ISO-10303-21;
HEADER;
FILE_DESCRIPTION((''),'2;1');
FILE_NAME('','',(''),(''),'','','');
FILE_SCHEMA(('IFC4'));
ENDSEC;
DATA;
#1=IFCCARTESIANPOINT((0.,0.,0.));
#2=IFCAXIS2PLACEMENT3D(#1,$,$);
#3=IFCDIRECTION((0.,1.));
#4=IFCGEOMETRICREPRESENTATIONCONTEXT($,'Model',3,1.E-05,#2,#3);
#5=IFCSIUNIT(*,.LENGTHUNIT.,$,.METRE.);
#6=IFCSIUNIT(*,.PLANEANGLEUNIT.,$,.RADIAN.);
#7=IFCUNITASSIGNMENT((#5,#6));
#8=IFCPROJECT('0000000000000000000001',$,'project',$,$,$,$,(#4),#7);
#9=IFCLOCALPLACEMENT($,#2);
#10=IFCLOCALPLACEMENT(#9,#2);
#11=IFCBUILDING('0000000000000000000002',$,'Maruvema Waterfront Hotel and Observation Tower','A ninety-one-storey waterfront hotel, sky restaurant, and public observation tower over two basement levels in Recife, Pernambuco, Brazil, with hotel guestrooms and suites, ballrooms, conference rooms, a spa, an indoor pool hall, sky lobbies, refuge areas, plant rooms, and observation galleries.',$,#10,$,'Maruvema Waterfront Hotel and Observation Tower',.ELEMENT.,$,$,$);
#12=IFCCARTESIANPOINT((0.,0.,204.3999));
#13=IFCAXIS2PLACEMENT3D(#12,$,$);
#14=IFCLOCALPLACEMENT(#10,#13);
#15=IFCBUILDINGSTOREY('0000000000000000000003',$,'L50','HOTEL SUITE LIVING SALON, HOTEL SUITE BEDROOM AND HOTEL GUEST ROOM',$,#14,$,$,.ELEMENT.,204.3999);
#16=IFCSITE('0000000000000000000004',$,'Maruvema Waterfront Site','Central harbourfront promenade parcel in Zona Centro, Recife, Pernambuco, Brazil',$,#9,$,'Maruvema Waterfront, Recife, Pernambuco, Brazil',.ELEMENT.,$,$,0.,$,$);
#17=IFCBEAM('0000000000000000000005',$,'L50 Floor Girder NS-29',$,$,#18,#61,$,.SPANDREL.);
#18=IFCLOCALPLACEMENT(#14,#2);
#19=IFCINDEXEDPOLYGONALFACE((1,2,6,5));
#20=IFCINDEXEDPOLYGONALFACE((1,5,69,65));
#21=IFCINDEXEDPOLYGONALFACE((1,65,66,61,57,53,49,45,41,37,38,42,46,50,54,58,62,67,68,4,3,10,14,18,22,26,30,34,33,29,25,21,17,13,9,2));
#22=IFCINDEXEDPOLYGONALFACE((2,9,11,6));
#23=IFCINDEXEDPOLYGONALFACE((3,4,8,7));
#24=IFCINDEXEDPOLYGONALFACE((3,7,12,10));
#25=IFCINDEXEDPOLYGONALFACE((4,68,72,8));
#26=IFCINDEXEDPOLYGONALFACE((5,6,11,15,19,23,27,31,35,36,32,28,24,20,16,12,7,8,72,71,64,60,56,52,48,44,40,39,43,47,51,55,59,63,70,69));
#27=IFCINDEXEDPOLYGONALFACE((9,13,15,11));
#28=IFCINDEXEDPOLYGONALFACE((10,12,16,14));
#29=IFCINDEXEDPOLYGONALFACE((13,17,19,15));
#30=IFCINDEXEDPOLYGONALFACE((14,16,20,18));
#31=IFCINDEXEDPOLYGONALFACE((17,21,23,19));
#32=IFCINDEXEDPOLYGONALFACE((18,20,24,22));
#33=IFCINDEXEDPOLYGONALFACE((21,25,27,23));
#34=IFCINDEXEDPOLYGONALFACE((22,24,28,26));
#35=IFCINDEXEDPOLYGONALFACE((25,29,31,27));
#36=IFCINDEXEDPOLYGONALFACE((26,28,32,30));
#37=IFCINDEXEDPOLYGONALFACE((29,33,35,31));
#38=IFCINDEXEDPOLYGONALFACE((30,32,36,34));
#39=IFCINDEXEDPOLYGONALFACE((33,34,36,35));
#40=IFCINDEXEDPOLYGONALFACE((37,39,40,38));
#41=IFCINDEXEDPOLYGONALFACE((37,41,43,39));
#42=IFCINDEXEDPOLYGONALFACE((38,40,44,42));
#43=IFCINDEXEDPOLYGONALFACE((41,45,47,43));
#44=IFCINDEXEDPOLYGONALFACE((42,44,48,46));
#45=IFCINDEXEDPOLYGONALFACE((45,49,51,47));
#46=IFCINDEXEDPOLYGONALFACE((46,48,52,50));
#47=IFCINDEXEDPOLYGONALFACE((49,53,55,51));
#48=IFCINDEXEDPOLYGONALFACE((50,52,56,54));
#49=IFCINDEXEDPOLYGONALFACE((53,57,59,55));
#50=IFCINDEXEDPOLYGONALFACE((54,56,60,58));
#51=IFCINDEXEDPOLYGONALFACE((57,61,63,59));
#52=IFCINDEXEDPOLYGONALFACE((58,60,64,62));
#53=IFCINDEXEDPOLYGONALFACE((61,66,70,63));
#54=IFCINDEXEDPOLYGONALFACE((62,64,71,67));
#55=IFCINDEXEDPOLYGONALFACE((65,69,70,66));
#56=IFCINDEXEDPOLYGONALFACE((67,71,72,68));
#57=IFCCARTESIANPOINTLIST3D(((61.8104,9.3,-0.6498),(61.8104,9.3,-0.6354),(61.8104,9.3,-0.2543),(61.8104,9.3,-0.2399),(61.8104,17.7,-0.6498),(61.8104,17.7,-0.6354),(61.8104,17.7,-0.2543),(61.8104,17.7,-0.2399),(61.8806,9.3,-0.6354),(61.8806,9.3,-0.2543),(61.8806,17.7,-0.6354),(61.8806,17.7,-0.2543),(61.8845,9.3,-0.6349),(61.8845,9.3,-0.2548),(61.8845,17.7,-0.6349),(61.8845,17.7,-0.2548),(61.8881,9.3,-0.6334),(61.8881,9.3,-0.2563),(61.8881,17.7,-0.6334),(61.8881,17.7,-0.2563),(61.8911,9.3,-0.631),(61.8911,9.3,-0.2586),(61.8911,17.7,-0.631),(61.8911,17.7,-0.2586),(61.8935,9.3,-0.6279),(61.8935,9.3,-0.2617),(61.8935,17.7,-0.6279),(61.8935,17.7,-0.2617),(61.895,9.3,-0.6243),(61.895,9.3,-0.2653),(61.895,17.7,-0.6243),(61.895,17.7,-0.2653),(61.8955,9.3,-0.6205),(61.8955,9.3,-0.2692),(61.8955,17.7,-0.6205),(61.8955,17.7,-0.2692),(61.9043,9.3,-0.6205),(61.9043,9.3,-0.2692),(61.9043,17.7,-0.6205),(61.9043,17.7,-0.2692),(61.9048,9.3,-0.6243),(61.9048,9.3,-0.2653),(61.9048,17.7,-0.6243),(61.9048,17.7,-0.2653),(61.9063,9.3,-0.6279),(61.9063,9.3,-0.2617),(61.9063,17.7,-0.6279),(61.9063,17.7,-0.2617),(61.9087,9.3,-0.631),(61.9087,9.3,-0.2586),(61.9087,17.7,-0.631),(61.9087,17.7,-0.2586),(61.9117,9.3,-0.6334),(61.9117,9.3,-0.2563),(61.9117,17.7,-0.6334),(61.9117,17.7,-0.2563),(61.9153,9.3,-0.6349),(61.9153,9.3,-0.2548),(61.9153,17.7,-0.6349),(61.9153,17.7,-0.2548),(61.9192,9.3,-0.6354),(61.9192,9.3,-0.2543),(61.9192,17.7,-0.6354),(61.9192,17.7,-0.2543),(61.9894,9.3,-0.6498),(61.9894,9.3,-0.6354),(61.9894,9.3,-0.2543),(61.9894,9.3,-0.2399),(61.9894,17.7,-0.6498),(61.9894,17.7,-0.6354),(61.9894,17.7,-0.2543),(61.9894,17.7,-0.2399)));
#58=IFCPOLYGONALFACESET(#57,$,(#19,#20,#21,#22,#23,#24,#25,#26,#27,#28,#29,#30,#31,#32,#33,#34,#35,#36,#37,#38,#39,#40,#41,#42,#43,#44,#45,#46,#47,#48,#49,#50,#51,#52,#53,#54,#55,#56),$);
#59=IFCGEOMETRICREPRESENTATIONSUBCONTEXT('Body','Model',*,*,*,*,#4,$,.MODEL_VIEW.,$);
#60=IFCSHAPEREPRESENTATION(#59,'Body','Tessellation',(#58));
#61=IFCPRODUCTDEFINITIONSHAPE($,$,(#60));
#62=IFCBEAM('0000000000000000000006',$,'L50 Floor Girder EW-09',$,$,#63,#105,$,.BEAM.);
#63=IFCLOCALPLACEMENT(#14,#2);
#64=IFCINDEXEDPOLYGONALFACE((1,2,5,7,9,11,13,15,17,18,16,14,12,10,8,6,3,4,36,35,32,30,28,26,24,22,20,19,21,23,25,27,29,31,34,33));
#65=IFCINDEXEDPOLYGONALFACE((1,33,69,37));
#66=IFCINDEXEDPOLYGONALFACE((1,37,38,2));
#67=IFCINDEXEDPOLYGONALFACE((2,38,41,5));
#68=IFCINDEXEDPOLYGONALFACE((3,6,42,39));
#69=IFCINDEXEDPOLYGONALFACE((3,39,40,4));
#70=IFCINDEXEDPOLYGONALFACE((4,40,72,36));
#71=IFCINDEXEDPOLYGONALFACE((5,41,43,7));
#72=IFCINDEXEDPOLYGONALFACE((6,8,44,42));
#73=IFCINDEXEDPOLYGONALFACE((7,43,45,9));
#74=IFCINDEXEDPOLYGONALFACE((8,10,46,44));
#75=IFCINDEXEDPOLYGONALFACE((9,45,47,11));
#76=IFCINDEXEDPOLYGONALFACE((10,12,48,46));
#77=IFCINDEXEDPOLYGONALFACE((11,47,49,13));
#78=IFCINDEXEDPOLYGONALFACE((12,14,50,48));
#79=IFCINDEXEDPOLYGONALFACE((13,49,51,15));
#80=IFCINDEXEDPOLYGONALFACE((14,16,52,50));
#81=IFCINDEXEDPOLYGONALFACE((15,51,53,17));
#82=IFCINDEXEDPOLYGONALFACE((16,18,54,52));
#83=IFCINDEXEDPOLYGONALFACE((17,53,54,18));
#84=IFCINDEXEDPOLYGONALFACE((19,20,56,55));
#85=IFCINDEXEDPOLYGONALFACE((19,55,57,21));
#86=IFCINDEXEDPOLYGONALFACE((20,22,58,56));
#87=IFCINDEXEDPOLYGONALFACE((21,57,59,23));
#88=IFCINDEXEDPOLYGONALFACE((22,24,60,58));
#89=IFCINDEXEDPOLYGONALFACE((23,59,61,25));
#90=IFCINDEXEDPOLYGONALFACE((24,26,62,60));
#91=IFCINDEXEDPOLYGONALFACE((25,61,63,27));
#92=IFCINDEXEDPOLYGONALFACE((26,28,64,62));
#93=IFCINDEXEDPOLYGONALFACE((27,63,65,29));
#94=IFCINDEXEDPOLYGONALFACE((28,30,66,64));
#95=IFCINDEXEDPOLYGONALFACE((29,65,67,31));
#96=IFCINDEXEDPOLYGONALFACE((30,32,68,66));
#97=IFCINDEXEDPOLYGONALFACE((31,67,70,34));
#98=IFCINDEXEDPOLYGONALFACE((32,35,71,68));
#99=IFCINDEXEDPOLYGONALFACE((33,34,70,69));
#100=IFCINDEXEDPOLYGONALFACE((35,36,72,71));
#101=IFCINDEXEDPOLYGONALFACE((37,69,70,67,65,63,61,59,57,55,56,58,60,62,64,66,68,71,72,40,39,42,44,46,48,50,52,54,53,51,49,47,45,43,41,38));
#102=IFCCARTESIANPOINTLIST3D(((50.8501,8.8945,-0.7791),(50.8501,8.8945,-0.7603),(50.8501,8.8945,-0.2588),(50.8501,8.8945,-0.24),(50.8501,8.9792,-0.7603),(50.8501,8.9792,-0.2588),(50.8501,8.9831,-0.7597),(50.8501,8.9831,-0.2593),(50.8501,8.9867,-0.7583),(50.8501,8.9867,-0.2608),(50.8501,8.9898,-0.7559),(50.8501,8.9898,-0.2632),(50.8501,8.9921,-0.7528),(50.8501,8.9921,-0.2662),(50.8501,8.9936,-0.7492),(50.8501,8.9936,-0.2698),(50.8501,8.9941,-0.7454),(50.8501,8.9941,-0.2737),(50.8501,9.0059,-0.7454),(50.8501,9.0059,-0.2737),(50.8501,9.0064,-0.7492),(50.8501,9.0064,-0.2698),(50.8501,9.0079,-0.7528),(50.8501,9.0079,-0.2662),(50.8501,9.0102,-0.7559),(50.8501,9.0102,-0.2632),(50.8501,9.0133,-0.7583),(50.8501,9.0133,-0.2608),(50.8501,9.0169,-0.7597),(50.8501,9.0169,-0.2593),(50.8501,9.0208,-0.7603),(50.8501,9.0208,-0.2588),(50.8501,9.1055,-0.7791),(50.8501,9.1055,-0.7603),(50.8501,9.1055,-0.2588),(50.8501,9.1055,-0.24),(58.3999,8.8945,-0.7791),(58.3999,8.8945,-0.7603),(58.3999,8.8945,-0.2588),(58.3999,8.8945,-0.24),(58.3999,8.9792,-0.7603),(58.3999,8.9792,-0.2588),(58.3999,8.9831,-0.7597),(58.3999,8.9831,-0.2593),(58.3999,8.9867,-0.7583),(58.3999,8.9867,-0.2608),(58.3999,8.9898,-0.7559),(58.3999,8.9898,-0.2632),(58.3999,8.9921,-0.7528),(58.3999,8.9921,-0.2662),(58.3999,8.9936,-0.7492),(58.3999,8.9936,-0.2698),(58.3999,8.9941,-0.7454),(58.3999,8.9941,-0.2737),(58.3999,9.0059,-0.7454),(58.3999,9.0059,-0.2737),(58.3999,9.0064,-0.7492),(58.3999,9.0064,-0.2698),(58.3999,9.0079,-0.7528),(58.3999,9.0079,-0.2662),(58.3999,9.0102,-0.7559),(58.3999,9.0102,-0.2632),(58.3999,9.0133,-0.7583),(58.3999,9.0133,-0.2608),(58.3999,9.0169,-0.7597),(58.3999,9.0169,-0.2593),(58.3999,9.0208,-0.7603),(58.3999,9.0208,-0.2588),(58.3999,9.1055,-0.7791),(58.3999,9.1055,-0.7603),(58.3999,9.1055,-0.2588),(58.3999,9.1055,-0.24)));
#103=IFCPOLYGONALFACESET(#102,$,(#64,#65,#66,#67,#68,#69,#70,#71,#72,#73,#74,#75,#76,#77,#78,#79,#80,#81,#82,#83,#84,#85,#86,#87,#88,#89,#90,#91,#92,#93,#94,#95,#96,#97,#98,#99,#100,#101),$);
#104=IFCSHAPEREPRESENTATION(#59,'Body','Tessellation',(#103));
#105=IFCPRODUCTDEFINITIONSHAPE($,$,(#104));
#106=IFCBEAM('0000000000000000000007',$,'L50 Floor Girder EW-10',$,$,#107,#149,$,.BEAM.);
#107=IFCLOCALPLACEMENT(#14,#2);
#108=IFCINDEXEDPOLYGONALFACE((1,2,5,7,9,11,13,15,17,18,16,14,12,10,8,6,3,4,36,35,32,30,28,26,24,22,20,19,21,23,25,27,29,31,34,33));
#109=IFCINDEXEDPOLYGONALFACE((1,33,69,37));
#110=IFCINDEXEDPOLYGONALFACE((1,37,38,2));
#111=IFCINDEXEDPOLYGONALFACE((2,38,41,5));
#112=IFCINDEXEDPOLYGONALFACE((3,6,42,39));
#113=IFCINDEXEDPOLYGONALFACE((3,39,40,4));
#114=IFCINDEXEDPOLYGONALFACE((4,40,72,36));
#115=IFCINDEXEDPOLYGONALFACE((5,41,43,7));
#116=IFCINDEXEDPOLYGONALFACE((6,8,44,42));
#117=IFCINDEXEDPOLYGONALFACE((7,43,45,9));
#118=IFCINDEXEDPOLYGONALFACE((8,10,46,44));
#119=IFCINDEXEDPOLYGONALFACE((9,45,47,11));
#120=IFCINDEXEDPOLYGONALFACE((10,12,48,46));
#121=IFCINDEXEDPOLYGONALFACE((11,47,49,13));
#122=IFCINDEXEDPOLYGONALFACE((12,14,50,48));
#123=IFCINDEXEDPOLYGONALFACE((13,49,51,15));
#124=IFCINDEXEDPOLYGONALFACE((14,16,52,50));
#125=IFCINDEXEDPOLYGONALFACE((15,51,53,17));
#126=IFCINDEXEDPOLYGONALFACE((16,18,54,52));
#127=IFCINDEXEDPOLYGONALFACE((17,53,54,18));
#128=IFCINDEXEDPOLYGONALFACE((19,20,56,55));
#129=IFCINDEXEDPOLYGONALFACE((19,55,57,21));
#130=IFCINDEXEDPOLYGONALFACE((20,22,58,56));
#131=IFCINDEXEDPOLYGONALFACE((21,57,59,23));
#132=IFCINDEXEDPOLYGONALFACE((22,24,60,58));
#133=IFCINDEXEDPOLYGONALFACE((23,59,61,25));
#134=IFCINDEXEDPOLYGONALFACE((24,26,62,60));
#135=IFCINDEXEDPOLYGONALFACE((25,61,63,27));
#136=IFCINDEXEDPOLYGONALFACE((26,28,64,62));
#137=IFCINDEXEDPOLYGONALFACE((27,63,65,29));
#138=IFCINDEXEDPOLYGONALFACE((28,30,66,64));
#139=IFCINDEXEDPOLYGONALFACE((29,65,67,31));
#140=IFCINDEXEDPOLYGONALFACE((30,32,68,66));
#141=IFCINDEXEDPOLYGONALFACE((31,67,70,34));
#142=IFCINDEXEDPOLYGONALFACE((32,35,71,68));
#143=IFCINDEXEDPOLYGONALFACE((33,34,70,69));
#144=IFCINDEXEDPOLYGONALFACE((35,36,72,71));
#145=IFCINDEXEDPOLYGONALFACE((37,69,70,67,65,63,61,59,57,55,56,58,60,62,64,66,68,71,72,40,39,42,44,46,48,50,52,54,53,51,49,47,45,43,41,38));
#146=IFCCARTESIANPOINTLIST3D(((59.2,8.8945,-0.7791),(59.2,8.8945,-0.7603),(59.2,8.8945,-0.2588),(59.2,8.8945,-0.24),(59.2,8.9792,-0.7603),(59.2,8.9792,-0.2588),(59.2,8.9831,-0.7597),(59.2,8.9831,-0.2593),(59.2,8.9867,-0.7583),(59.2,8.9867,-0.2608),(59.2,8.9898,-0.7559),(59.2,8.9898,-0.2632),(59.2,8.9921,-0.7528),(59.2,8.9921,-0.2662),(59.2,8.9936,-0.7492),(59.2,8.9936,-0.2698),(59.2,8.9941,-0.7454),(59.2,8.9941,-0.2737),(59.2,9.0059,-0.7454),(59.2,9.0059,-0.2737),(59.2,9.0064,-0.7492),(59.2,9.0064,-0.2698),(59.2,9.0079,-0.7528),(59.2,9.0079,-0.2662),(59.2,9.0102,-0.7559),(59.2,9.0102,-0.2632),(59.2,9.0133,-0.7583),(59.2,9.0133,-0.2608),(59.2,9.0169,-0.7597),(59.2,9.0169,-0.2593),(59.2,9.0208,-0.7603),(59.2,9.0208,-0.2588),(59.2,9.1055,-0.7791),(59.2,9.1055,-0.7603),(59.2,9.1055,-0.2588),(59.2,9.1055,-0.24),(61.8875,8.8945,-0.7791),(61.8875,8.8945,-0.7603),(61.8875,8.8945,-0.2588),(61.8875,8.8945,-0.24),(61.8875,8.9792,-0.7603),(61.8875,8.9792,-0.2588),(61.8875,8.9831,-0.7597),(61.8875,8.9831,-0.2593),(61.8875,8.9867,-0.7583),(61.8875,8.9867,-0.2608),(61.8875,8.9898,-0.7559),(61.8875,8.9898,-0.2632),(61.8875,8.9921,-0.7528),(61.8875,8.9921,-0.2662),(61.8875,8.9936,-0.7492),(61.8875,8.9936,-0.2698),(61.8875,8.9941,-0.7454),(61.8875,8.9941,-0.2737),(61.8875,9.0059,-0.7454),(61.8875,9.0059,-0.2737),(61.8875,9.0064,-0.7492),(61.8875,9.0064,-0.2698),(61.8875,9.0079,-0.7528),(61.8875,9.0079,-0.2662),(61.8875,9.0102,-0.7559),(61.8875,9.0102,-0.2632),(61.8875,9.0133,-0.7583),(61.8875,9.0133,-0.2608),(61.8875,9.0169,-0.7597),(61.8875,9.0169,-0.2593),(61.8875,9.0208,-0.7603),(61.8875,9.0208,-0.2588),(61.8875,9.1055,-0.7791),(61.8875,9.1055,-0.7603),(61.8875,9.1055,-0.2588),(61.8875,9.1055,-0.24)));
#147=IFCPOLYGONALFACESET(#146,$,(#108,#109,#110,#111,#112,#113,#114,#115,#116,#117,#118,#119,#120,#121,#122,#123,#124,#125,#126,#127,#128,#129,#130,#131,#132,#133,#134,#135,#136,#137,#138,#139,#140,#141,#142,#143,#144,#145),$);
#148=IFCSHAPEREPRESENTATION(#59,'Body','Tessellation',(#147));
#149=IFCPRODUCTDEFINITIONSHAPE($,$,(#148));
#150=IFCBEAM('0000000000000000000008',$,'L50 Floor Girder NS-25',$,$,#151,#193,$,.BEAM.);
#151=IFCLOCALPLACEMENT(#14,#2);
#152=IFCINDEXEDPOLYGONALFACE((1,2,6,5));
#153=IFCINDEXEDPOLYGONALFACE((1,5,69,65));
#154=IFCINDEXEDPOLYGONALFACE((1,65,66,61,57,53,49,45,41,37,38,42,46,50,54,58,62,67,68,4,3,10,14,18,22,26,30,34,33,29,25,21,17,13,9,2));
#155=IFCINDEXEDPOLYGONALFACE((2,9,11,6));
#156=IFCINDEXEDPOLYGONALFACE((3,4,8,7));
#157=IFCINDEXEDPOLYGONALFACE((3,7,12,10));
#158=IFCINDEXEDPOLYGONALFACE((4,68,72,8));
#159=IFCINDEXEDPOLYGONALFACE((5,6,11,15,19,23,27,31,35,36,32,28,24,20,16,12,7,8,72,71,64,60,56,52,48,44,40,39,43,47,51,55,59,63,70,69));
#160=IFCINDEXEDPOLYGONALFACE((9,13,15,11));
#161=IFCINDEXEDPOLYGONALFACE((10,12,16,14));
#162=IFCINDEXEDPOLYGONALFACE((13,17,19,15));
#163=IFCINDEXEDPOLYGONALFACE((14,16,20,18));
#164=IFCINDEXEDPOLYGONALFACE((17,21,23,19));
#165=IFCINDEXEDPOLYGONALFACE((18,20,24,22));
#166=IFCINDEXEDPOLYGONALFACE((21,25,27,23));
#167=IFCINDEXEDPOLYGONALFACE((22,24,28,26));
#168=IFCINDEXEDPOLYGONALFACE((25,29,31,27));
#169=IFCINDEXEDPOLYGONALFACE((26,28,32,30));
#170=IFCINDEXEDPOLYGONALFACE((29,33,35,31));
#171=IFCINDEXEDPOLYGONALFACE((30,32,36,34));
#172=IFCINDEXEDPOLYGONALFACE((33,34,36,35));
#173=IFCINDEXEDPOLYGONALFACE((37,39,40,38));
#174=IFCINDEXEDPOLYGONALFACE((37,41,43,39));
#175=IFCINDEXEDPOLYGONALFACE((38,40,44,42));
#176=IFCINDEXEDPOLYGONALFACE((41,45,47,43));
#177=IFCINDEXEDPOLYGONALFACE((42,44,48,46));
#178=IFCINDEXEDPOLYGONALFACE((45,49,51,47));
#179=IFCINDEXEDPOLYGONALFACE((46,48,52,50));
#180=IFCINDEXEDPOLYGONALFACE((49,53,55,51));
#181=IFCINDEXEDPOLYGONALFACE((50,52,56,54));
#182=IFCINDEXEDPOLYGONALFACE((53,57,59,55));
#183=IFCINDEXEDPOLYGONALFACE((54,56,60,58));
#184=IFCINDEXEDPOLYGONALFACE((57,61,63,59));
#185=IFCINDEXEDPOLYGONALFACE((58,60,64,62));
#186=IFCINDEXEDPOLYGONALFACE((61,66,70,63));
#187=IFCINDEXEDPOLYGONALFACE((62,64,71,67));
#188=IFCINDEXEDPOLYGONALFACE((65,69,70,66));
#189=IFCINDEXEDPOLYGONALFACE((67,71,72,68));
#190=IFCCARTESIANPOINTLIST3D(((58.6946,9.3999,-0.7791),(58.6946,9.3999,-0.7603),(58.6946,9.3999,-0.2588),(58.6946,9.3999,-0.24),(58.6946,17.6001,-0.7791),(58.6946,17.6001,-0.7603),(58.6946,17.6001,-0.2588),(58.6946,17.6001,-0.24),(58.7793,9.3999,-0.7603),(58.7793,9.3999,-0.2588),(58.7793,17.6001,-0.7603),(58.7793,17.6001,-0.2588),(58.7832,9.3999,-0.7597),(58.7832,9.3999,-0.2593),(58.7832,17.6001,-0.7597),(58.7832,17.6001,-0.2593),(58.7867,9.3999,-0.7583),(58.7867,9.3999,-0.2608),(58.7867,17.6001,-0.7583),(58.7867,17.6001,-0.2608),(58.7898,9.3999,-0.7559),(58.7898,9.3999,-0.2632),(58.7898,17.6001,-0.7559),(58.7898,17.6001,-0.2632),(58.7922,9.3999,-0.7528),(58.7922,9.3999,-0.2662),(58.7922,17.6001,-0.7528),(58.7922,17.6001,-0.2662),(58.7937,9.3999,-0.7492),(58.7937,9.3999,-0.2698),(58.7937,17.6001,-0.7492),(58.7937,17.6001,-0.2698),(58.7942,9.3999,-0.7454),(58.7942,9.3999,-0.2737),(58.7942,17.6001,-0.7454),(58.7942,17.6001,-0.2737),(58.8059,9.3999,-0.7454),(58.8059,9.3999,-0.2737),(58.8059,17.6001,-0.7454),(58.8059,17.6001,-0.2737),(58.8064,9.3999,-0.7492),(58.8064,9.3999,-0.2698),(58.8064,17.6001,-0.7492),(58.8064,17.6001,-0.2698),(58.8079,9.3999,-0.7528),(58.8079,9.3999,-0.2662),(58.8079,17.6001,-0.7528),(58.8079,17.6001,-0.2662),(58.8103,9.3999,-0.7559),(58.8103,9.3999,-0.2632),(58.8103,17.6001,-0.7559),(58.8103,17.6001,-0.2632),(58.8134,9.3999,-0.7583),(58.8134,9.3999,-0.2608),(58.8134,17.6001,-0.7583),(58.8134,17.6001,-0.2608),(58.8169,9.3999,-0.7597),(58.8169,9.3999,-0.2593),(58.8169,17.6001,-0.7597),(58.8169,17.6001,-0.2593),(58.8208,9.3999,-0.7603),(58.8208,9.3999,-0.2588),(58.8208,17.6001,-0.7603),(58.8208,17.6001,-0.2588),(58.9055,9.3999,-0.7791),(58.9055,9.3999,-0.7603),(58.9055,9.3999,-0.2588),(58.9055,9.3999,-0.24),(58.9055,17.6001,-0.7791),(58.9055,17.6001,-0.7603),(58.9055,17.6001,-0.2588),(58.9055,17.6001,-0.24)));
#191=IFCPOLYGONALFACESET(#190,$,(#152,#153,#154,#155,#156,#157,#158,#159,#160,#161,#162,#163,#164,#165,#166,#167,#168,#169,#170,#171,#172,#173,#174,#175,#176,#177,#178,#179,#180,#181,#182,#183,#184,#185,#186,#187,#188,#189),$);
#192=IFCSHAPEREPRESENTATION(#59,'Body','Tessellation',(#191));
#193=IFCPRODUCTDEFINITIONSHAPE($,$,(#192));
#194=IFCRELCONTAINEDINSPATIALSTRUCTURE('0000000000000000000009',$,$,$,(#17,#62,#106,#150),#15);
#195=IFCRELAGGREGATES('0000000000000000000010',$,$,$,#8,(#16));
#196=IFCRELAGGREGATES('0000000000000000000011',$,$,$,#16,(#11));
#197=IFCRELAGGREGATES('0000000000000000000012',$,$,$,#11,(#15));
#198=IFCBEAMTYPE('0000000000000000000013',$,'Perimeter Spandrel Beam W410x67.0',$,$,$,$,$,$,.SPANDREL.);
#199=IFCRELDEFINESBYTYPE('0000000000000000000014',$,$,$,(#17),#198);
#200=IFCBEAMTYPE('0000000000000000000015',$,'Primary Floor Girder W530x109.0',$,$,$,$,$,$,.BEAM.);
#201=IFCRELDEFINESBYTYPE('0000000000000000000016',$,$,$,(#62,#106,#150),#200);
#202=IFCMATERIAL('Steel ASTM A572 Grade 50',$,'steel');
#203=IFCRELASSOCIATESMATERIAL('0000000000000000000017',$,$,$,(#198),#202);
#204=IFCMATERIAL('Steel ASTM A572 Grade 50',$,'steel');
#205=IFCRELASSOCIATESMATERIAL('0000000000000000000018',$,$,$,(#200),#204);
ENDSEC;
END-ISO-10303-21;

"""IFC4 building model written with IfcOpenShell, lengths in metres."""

from ifc_helpers import new_model, si_unit, direction, frame, origin, origin_2d, place, context, subcontext, project, spatial, i_section, extrude, material, material_profile, profile_set, type_object, element, save


model = new_model("IFC4")

# Units and contexts
model_context = context("Model", 3, precision=1e-05, world=origin(), true_north=direction((0.0, 1.0)))
body_context = subcontext(model_context, "Body", "Model", "MODEL_VIEW")
ifc_project = project(units=[si_unit("LENGTHUNIT", "METRE"), si_unit("PLANEANGLEUNIT", "RADIAN")], contexts=[model_context])

# Site, building, storey
site_placement = place(None, origin())
site = spatial("IfcSite", under=ifc_project, at=site_placement, Name="Maruvema Waterfront Site", Description="Central harbourfront promenade parcel in Zona Centro, Recife, Pernambuco, Brazil", LongName="Maruvema Waterfront, Recife, Pernambuco, Brazil", CompositionType="ELEMENT", RefElevation=0.0)
building_placement = place(site_placement, origin())
building = spatial("IfcBuilding", under=site, at=building_placement, Name="Maruvema Waterfront Hotel and Observation Tower", Description="A ninety-one-storey waterfront hotel, sky restaurant, and public observation tower over two basement levels in Recife, Pernambuco, Brazil, with hotel guestrooms and suites, ballrooms, conference rooms, a spa, an indoor pool hall, sky lobbies, refuge areas, plant rooms, and observation galleries.", LongName="Maruvema Waterfront Hotel and Observation Tower", CompositionType="ELEMENT")
storey_placement = place(building_placement, frame((0.0, 0.0, 204.3999)))
storey = spatial("IfcBuildingStorey", under=building, at=storey_placement, Name="L50", Description="HOTEL SUITE LIVING SALON, HOTEL SUITE BEDROOM AND HOTEL GUEST ROOM", CompositionType="ELEMENT", Elevation=204.3999)

# Beams
ifc_material_1 = material(Name="Steel ASTM A572 Grade 50", Category="steel")
ifc_material_profile_1 = material_profile(ifc_material_1, i_section(OverallWidth=0.179, OverallDepth=0.4099, WebThickness=0.0088, FlangeThickness=0.0144, FilletRadius=0.0149, at=origin_2d()), Name="W410x67.0")
ifc_profile_set_1 = profile_set([ifc_material_profile_1], Name="Steel ASTM A572 Grade 50")
beam_type_1 = type_object("IfcBeamType", Name="Perimeter Spandrel Beam W410x67.0", PredefinedType="SPANDREL", material=ifc_profile_set_1)
beam_1_placement = place(storey_placement, frame((61.8999, 9.3, -0.4448), z_axis=(0.0, 1.0, 0.0), x_axis=(-1.0, 0.0, 0.0)))
element("IfcBeam", 1, at=beam_1_placement, inside=storey, type_object=beam_type_1, Name="L50 Floor Girder NS-29", PredefinedType="SPANDREL", context=body_context, shape_type="SweptSolid", body=[
    extrude(i_section(OverallWidth=0.179, OverallDepth=0.4099, WebThickness=0.0088, FlangeThickness=0.0144, FilletRadius=0.0149, at=origin_2d()), origin(), (0.0, 0.0, 1.0), 8.3999),
])
ifc_material_2 = material(Name="Steel ASTM A572 Grade 50", Category="steel")
ifc_material_profile_2 = material_profile(ifc_material_2, i_section(OverallWidth=0.2109, OverallDepth=0.5391, WebThickness=0.0117, FlangeThickness=0.0188, FilletRadius=0.0149, at=origin_2d()), Name="W530x109.0")
ifc_profile_set_2 = profile_set([ifc_material_profile_2], Name="Steel ASTM A572 Grade 50")
beam_type_2 = type_object("IfcBeamType", Name="Primary Floor Girder W530x109.0", PredefinedType="BEAM", material=ifc_profile_set_2)
beam_2_placement = place(storey_placement, frame((50.8501, 9.0, -0.5095), z_axis=(1.0, 0.0, 0.0), x_axis=(0.0, 1.0, 0.0)))
element("IfcBeam", 2, at=beam_2_placement, inside=storey, type_object=beam_type_2, Name="L50 Floor Girder EW-09", PredefinedType="BEAM", context=body_context, shape_type="SweptSolid", body=[
    extrude(i_section(OverallWidth=0.2109, OverallDepth=0.5391, WebThickness=0.0117, FlangeThickness=0.0188, FilletRadius=0.0149, at=origin_2d()), origin(), (0.0, 0.0, 1.0), 7.5498),
])
beam_3_placement = place(storey_placement, frame((59.2, 9.0, -0.5095), z_axis=(1.0, 0.0, 0.0), x_axis=(0.0, 1.0, 0.0)))
element("IfcBeam", 3, at=beam_3_placement, inside=storey, type_object=beam_type_2, Name="L50 Floor Girder EW-10", PredefinedType="BEAM", context=body_context, shape_type="SweptSolid", body=[
    extrude(i_section(OverallWidth=0.2109, OverallDepth=0.5391, WebThickness=0.0117, FlangeThickness=0.0188, FilletRadius=0.0149, at=origin_2d()), origin(), (0.0, 0.0, 1.0), 2.6875),
])
beam_4_placement = place(storey_placement, frame((58.8, 9.3999, -0.5095), z_axis=(0.0, 1.0, 0.0), x_axis=(-1.0, 0.0, 0.0)))
element("IfcBeam", 4, at=beam_4_placement, inside=storey, type_object=beam_type_2, Name="L50 Floor Girder NS-25", PredefinedType="BEAM", context=body_context, shape_type="SweptSolid", body=[
    extrude(i_section(OverallWidth=0.2109, OverallDepth=0.5391, WebThickness=0.0117, FlangeThickness=0.0188, FilletRadius=0.0149, at=origin_2d()), origin(), (0.0, 0.0, 1.0), 8.2002),
])

save(model, "model.ifc")
